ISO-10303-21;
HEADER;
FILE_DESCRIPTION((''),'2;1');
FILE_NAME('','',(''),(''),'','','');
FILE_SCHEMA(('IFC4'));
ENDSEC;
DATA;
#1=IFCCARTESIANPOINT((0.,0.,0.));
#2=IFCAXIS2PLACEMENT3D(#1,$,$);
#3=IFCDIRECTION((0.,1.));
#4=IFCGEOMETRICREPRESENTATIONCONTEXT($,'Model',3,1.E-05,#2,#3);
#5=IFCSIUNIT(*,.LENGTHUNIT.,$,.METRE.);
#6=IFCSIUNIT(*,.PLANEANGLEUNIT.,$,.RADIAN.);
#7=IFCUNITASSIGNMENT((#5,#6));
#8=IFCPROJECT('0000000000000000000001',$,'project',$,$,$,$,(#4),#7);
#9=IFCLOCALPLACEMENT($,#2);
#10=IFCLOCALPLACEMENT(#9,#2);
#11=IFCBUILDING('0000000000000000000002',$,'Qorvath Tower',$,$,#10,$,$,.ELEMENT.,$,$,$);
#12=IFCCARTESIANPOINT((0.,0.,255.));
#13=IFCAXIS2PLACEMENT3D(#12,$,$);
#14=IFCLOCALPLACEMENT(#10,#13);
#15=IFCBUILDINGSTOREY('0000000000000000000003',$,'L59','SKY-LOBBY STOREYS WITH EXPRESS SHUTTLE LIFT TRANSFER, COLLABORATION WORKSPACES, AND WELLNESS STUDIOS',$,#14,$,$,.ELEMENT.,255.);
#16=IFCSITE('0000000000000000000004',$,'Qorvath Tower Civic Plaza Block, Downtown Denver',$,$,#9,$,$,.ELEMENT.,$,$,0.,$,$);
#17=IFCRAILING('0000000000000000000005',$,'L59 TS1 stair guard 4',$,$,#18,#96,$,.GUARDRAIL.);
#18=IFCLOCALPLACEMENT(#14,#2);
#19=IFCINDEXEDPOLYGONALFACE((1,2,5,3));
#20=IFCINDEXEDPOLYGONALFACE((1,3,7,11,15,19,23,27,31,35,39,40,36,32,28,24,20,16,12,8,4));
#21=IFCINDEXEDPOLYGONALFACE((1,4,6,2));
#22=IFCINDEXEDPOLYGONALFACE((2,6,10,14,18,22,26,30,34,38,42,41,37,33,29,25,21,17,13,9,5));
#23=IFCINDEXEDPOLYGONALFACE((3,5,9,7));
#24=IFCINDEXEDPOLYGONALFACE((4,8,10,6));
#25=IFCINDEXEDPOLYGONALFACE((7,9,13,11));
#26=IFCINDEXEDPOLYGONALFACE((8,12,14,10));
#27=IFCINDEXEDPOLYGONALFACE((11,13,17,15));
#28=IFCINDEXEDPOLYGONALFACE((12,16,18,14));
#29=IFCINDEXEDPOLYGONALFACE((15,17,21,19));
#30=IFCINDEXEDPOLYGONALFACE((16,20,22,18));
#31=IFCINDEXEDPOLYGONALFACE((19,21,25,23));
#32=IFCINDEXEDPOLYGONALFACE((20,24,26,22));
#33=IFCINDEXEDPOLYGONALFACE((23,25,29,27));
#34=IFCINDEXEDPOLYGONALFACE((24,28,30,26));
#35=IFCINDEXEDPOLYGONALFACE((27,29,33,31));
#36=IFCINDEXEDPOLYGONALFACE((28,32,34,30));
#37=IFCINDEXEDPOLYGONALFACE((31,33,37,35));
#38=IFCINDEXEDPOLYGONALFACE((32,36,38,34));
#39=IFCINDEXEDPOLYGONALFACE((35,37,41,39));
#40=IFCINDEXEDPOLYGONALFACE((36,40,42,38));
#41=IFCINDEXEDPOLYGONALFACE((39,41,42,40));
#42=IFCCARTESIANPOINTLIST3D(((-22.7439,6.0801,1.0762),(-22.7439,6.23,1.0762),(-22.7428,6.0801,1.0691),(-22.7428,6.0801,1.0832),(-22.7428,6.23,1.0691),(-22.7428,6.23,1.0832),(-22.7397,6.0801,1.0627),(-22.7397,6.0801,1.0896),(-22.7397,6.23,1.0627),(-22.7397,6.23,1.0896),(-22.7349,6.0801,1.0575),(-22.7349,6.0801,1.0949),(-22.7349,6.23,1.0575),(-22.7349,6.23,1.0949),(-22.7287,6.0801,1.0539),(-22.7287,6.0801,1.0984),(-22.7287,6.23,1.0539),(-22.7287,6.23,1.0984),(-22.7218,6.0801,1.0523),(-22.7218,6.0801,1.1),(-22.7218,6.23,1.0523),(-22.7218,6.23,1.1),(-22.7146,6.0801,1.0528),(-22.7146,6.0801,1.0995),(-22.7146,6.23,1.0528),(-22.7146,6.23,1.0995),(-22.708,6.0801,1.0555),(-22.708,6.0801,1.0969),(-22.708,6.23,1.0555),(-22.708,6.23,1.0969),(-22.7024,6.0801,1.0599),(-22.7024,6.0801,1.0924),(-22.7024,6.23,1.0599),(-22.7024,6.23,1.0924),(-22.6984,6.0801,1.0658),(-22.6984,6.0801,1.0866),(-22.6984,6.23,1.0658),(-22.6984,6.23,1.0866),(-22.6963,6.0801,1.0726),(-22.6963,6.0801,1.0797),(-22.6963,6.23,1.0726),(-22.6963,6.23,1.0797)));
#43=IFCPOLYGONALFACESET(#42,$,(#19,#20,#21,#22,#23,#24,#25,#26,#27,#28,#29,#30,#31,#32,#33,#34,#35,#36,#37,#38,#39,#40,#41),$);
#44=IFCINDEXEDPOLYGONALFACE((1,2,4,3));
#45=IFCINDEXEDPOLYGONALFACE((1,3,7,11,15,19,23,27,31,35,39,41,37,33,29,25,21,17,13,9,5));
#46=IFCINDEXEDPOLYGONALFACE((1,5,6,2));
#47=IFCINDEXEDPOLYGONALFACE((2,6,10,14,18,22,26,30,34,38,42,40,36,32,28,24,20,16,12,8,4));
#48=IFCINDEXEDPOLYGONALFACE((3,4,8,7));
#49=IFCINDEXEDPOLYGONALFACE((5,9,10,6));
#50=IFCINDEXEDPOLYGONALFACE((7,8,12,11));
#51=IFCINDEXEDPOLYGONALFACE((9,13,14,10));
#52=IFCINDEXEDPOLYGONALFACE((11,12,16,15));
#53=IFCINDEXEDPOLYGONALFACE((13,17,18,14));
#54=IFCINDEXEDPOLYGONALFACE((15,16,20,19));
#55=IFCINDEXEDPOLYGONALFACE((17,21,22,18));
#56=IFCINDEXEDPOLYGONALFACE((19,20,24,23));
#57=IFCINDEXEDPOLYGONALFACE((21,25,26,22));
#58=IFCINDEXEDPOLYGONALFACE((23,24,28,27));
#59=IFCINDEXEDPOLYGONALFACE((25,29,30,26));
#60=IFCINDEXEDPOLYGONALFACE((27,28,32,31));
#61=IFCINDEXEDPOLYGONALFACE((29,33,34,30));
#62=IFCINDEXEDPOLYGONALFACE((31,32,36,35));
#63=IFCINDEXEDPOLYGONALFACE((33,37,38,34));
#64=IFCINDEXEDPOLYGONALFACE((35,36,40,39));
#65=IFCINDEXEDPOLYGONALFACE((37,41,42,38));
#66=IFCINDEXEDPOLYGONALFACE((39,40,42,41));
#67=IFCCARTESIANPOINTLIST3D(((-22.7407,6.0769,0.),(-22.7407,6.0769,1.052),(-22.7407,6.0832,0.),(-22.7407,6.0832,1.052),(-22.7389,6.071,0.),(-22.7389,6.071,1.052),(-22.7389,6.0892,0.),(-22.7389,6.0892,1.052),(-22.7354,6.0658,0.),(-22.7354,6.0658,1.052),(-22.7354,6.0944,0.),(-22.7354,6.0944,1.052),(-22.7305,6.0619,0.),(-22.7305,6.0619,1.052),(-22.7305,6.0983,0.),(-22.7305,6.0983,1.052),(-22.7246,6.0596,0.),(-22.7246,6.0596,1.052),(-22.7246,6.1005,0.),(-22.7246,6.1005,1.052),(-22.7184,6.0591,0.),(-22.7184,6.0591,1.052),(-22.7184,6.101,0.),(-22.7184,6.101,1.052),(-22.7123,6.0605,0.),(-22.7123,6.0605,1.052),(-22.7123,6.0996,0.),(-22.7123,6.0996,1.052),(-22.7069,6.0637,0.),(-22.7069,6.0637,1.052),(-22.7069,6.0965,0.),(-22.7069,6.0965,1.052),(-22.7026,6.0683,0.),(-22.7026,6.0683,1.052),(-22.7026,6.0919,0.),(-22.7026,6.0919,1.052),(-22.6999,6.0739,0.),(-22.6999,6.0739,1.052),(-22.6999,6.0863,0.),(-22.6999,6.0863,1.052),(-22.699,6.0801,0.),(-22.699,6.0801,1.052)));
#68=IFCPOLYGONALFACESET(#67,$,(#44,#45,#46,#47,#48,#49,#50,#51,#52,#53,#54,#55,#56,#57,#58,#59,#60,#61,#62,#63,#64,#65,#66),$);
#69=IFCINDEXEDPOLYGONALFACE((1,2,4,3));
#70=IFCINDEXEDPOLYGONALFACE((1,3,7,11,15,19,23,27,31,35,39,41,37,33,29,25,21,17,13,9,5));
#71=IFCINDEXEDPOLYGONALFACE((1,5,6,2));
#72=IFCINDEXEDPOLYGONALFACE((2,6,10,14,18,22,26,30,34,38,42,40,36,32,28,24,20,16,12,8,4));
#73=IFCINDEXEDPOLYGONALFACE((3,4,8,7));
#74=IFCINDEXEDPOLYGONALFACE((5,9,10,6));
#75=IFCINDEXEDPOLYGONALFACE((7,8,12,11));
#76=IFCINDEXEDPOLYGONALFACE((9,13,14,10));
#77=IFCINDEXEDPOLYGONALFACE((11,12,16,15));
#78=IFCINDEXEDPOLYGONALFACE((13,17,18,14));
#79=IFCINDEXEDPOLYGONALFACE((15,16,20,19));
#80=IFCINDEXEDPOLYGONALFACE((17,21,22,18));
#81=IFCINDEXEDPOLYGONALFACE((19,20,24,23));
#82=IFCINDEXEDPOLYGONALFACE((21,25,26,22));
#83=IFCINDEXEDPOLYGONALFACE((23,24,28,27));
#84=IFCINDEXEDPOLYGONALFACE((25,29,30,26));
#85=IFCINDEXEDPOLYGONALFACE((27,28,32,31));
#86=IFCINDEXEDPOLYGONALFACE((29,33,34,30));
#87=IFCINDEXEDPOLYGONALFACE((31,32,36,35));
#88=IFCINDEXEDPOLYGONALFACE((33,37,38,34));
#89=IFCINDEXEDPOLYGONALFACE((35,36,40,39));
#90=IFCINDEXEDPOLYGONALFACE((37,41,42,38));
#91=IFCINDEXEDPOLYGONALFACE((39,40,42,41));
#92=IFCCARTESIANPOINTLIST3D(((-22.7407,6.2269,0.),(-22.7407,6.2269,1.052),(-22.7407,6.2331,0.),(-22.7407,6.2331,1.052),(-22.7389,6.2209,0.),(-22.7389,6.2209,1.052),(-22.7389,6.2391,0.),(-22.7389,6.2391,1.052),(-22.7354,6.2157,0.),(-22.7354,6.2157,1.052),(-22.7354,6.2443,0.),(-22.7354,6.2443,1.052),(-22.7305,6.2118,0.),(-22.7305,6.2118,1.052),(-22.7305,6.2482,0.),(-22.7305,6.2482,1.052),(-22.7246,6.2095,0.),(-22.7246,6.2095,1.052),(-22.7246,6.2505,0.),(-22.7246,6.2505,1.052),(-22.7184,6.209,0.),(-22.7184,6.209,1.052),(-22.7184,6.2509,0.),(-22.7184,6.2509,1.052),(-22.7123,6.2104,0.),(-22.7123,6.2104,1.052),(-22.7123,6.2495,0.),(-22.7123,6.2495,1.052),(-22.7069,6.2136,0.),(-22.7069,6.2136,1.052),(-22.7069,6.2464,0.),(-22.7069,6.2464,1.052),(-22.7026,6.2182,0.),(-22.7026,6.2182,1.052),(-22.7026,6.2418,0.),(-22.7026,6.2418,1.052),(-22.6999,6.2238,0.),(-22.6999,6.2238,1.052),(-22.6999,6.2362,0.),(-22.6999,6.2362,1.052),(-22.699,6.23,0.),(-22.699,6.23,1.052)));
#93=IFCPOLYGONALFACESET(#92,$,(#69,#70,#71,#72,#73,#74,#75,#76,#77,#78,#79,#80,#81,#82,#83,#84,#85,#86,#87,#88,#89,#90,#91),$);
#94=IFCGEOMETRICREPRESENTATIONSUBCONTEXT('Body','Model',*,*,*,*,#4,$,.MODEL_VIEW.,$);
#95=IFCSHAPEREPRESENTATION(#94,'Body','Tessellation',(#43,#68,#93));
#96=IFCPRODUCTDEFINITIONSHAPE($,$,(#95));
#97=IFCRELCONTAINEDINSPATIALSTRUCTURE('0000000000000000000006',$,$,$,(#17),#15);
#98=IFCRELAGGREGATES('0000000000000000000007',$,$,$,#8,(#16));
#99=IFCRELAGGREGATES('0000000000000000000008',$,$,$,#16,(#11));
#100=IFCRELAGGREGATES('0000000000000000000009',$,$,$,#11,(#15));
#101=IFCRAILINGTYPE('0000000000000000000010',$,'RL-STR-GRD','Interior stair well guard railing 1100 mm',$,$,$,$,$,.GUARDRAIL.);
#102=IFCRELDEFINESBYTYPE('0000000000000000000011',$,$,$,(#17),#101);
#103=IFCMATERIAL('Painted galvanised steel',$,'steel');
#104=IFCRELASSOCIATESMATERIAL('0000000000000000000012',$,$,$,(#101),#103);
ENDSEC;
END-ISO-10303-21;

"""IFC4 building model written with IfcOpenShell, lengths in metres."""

from ifc_helpers import new_model, si_unit, direction, frame, origin, origin_2d, place, context, subcontext, project, spatial, circle, extrude, material, type_object, element, save


model = new_model("IFC4")

# Units and contexts
model_context = context("Model", 3, precision=1e-05, world=origin(), true_north=direction((0.0, 1.0)))
body_context = subcontext(model_context, "Body", "Model", "MODEL_VIEW")
ifc_project = project(units=[si_unit("LENGTHUNIT", "METRE"), si_unit("PLANEANGLEUNIT", "RADIAN")], contexts=[model_context])

# Site, building, storey
site_placement = place(None, origin())
site = spatial("IfcSite", under=ifc_project, at=site_placement, Name="Qorvath Tower Civic Plaza Block, Downtown Denver", CompositionType="ELEMENT", RefElevation=0.0)
building_placement = place(site_placement, origin())
building = spatial("IfcBuilding", under=site, at=building_placement, Name="Qorvath Tower", CompositionType="ELEMENT")
storey_placement = place(building_placement, frame((0.0, 0.0, 255.0)))
storey = spatial("IfcBuildingStorey", under=building, at=storey_placement, Name="L59", Description="SKY-LOBBY STOREYS WITH EXPRESS SHUTTLE LIFT TRANSFER, COLLABORATION WORKSPACES, AND WELLNESS STUDIOS", CompositionType="ELEMENT", Elevation=255.0)

# Railing
ifc_material_1 = material(Name="Painted galvanised steel", Category="steel")
railing_type_1 = type_object("IfcRailingType", Name="RL-STR-GRD", Description="Interior stair well guard railing 1100 mm", PredefinedType="GUARDRAIL", material=ifc_material_1)
railing_1_placement = place(storey_placement, frame((-22.72, 6.0801, 0.0)))
element("IfcRailing", 1, at=railing_1_placement, inside=storey, type_object=railing_type_1, Name="L59 TS1 stair guard 4", PredefinedType="GUARDRAIL", context=body_context, shape_type="SweptSolid", body=[
    extrude(circle(Radius=0.0239, at=origin_2d()), frame((0.0, 0.0, 1.0762), z_axis=(0.0, 1.0, 0.0), x_axis=(-1.0, 0.0, 0.0)), (0.0, 0.0, 1.0), 0.1499),
    extrude(circle(Radius=0.021, at=origin_2d()), origin(), (0.0, 0.0, 1.0), 1.052),
    extrude(circle(Radius=0.021, at=origin_2d()), frame((0.0, 0.1499, 0.0)), (0.0, 0.0, 1.0), 1.052),
])

save(model, "model.ifc")
